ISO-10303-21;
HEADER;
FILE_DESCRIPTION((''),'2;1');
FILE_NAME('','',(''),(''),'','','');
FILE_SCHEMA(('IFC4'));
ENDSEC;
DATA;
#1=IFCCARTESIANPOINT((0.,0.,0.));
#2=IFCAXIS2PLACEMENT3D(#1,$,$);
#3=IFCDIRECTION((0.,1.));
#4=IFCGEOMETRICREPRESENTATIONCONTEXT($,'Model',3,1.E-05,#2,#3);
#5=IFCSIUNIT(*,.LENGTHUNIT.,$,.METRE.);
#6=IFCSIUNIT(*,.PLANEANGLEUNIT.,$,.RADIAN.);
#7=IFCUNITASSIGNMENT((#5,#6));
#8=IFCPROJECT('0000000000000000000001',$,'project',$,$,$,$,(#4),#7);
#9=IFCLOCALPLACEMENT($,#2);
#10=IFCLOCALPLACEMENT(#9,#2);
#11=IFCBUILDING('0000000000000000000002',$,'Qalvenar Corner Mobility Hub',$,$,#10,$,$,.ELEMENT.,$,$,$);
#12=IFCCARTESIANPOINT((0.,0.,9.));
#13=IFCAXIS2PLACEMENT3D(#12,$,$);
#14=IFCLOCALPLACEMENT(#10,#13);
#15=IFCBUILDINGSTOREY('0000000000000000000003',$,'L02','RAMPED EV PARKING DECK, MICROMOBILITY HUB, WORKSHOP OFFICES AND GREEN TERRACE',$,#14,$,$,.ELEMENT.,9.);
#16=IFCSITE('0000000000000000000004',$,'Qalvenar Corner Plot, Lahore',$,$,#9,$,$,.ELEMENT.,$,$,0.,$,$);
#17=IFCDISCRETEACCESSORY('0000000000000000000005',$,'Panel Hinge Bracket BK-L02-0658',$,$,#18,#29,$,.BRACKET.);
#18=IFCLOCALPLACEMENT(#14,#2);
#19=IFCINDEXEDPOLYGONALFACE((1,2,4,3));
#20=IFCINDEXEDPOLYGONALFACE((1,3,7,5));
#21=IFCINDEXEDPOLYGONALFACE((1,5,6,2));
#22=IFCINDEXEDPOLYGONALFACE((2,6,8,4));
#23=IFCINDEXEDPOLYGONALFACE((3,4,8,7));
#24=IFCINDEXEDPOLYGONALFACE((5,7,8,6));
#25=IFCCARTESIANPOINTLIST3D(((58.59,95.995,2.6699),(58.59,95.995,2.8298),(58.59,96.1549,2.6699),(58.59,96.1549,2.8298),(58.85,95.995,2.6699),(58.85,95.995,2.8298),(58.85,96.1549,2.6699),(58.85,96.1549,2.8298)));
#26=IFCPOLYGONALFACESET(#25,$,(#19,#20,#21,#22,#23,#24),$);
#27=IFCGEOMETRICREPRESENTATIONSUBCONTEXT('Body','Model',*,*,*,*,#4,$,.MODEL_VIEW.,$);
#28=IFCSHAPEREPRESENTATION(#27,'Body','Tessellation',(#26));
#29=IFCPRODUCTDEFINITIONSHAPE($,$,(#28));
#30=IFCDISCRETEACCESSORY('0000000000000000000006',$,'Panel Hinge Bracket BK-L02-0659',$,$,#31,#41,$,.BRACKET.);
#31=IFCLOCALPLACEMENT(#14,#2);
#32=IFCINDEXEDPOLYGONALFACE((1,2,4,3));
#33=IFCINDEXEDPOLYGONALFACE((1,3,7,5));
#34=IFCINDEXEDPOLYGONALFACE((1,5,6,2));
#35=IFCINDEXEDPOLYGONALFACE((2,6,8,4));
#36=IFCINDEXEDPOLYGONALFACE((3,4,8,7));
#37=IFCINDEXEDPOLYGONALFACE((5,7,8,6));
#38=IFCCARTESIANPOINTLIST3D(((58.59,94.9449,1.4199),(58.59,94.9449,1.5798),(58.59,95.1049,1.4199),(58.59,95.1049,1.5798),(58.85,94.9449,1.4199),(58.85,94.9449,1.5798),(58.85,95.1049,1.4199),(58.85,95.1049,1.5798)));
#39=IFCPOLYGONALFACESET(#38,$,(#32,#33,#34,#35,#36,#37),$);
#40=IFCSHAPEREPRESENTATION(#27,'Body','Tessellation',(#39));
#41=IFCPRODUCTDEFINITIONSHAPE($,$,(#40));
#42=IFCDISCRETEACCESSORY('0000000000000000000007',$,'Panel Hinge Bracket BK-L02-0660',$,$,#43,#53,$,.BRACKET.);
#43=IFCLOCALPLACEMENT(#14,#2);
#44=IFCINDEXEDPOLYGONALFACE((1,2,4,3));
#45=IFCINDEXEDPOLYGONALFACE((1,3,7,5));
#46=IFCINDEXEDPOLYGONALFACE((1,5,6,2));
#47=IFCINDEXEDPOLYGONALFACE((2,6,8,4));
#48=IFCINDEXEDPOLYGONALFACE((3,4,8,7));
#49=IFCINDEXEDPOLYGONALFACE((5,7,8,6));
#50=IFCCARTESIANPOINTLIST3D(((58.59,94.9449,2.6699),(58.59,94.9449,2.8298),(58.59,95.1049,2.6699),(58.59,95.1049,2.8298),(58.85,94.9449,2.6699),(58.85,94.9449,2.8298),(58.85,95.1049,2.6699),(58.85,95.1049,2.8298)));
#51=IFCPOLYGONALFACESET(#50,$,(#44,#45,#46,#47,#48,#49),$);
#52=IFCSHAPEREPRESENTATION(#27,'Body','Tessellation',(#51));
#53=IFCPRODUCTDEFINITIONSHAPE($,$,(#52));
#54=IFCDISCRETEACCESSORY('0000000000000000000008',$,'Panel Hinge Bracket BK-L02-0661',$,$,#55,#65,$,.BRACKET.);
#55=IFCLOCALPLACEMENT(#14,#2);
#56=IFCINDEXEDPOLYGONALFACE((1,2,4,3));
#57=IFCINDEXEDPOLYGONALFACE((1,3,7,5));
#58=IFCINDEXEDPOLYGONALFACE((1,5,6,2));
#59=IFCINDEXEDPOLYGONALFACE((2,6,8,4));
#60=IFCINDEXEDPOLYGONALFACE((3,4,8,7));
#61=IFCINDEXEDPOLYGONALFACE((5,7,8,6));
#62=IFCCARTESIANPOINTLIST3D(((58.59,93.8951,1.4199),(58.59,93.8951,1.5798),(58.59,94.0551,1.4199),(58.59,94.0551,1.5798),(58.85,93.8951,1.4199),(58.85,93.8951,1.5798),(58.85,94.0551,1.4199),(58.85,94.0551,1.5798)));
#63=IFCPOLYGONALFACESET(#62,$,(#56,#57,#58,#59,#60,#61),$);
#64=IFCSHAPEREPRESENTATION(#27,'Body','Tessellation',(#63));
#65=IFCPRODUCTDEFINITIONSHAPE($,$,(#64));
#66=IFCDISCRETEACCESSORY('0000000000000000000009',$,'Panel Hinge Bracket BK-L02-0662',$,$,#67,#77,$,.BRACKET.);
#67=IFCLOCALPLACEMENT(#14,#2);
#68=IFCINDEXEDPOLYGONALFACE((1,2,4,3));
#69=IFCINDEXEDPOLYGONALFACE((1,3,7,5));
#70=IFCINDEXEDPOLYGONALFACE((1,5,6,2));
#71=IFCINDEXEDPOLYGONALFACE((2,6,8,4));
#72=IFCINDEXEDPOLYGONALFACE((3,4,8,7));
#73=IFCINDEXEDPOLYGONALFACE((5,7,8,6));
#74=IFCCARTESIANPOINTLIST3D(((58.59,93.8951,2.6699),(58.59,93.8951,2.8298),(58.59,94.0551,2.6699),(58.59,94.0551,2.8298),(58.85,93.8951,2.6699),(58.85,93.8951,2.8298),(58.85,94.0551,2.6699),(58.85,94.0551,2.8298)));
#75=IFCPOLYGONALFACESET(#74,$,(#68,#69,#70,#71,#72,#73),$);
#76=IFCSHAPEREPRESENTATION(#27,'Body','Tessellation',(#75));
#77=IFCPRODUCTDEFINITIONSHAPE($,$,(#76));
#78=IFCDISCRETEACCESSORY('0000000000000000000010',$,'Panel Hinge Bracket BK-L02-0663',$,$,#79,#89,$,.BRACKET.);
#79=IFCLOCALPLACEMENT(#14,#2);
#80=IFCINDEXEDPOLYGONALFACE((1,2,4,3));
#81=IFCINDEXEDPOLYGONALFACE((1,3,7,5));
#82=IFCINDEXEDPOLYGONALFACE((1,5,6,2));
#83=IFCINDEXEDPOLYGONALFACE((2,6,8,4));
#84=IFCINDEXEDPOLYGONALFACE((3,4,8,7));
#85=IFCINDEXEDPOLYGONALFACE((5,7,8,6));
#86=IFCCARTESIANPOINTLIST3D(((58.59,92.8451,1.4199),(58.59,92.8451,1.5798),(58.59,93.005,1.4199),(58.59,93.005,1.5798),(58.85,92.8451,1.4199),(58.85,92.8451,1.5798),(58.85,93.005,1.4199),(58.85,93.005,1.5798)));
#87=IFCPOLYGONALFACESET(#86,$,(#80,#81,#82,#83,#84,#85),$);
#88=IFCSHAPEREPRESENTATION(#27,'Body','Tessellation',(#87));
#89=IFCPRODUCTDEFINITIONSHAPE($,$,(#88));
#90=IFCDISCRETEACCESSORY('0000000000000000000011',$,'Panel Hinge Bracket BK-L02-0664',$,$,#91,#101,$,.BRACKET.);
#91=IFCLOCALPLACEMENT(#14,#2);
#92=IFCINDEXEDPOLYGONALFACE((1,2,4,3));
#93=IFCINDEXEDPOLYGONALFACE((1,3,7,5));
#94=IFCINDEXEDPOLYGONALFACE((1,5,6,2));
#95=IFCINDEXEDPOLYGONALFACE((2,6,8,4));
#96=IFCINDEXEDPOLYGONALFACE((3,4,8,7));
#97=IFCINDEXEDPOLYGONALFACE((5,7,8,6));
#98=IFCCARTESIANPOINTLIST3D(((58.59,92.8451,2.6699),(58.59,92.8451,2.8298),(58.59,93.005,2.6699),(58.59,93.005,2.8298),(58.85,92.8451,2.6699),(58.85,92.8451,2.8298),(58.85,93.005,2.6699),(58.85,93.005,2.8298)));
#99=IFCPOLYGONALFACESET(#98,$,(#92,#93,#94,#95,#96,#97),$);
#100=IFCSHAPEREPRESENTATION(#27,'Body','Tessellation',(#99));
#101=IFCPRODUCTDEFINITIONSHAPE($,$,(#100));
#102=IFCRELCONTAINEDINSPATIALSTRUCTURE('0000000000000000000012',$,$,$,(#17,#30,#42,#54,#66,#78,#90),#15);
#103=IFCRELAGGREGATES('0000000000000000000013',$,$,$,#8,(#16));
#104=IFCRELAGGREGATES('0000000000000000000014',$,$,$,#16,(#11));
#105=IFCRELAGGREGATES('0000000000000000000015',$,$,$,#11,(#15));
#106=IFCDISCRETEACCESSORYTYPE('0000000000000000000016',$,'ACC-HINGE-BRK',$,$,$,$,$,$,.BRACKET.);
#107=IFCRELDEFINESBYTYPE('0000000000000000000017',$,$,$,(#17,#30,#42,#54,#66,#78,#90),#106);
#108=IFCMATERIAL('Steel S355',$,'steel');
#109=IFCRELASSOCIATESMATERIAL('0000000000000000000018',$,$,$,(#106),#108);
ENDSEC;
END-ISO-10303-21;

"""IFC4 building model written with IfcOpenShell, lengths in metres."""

from ifc_helpers import new_model, si_unit, direction, frame, origin, origin_2d, place, context, subcontext, project, spatial, rectangle, extrude, material, type_object, element, save


model = new_model("IFC4")

# Units and contexts
model_context = context("Model", 3, precision=1e-05, world=origin(), true_north=direction((0.0, 1.0)))
body_context = subcontext(model_context, "Body", "Model", "MODEL_VIEW")
ifc_project = project(units=[si_unit("LENGTHUNIT", "METRE"), si_unit("PLANEANGLEUNIT", "RADIAN")], contexts=[model_context])

# Site, building, storey
site_placement = place(None, origin())
site = spatial("IfcSite", under=ifc_project, at=site_placement, Name="Qalvenar Corner Plot, Lahore", CompositionType="ELEMENT", RefElevation=0.0)
building_placement = place(site_placement, origin())
building = spatial("IfcBuilding", under=site, at=building_placement, Name="Qalvenar Corner Mobility Hub", CompositionType="ELEMENT")
storey_placement = place(building_placement, frame((0.0, 0.0, 9.0)))
storey = spatial("IfcBuildingStorey", under=building, at=storey_placement, Name="L02", Description="RAMPED EV PARKING DECK, MICROMOBILITY HUB, WORKSHOP OFFICES AND GREEN TERRACE", CompositionType="ELEMENT", Elevation=9.0)

# Shared definitions
ifc_material_1 = material(Name="Steel S355", Category="steel")

# Discrete accessories
discrete_accessory_type = type_object("IfcDiscreteAccessoryType", Name="ACC-HINGE-BRK", PredefinedType="BRACKET", material=ifc_material_1)
for number, where, z_axis, x_axis, name in (
    (1, (58.72, 96.075, 2.6699), (0.0, 0.0, 1.0), (0.0, -1.0, 0.0), "Panel Hinge Bracket BK-L02-0658"),
    (2, (58.72, 95.0249, 1.4199), (0.0, 0.0, 1.0), (0.0, -1.0, 0.0), "Panel Hinge Bracket BK-L02-0659"),
    (3, (58.72, 95.0249, 2.6699), (0.0, 0.0, 1.0), (0.0, -1.0, 0.0), "Panel Hinge Bracket BK-L02-0660"),
    (4, (58.72, 93.9751, 1.4199), (0.0, 0.0, 1.0), (0.0, -1.0, 0.0), "Panel Hinge Bracket BK-L02-0661"),
    (5, (58.72, 93.9751, 2.6699), (0.0, 0.0, 1.0), (0.0, -1.0, 0.0), "Panel Hinge Bracket BK-L02-0662"),
    (6, (58.72, 92.925, 1.4199), (0.0, 0.0, 1.0), (0.0, -1.0, 0.0), "Panel Hinge Bracket BK-L02-0663"),
    (7, (58.72, 92.925, 2.6699), (0.0, 0.0, 1.0), (0.0, -1.0, 0.0), "Panel Hinge Bracket BK-L02-0664"),
):
    element("IfcDiscreteAccessory", number, at=place(storey_placement, frame(where, z_axis=z_axis, x_axis=x_axis)), inside=storey, type_object=discrete_accessory_type, Name=name, PredefinedType="BRACKET", context=body_context, shape_type="SweptSolid", body=[
        extrude(rectangle(XDim=0.1599, YDim=0.26, at=origin_2d()), origin(), (0.0, 0.0, 1.0), 0.1599),
    ])

save(model, "model.ifc")
